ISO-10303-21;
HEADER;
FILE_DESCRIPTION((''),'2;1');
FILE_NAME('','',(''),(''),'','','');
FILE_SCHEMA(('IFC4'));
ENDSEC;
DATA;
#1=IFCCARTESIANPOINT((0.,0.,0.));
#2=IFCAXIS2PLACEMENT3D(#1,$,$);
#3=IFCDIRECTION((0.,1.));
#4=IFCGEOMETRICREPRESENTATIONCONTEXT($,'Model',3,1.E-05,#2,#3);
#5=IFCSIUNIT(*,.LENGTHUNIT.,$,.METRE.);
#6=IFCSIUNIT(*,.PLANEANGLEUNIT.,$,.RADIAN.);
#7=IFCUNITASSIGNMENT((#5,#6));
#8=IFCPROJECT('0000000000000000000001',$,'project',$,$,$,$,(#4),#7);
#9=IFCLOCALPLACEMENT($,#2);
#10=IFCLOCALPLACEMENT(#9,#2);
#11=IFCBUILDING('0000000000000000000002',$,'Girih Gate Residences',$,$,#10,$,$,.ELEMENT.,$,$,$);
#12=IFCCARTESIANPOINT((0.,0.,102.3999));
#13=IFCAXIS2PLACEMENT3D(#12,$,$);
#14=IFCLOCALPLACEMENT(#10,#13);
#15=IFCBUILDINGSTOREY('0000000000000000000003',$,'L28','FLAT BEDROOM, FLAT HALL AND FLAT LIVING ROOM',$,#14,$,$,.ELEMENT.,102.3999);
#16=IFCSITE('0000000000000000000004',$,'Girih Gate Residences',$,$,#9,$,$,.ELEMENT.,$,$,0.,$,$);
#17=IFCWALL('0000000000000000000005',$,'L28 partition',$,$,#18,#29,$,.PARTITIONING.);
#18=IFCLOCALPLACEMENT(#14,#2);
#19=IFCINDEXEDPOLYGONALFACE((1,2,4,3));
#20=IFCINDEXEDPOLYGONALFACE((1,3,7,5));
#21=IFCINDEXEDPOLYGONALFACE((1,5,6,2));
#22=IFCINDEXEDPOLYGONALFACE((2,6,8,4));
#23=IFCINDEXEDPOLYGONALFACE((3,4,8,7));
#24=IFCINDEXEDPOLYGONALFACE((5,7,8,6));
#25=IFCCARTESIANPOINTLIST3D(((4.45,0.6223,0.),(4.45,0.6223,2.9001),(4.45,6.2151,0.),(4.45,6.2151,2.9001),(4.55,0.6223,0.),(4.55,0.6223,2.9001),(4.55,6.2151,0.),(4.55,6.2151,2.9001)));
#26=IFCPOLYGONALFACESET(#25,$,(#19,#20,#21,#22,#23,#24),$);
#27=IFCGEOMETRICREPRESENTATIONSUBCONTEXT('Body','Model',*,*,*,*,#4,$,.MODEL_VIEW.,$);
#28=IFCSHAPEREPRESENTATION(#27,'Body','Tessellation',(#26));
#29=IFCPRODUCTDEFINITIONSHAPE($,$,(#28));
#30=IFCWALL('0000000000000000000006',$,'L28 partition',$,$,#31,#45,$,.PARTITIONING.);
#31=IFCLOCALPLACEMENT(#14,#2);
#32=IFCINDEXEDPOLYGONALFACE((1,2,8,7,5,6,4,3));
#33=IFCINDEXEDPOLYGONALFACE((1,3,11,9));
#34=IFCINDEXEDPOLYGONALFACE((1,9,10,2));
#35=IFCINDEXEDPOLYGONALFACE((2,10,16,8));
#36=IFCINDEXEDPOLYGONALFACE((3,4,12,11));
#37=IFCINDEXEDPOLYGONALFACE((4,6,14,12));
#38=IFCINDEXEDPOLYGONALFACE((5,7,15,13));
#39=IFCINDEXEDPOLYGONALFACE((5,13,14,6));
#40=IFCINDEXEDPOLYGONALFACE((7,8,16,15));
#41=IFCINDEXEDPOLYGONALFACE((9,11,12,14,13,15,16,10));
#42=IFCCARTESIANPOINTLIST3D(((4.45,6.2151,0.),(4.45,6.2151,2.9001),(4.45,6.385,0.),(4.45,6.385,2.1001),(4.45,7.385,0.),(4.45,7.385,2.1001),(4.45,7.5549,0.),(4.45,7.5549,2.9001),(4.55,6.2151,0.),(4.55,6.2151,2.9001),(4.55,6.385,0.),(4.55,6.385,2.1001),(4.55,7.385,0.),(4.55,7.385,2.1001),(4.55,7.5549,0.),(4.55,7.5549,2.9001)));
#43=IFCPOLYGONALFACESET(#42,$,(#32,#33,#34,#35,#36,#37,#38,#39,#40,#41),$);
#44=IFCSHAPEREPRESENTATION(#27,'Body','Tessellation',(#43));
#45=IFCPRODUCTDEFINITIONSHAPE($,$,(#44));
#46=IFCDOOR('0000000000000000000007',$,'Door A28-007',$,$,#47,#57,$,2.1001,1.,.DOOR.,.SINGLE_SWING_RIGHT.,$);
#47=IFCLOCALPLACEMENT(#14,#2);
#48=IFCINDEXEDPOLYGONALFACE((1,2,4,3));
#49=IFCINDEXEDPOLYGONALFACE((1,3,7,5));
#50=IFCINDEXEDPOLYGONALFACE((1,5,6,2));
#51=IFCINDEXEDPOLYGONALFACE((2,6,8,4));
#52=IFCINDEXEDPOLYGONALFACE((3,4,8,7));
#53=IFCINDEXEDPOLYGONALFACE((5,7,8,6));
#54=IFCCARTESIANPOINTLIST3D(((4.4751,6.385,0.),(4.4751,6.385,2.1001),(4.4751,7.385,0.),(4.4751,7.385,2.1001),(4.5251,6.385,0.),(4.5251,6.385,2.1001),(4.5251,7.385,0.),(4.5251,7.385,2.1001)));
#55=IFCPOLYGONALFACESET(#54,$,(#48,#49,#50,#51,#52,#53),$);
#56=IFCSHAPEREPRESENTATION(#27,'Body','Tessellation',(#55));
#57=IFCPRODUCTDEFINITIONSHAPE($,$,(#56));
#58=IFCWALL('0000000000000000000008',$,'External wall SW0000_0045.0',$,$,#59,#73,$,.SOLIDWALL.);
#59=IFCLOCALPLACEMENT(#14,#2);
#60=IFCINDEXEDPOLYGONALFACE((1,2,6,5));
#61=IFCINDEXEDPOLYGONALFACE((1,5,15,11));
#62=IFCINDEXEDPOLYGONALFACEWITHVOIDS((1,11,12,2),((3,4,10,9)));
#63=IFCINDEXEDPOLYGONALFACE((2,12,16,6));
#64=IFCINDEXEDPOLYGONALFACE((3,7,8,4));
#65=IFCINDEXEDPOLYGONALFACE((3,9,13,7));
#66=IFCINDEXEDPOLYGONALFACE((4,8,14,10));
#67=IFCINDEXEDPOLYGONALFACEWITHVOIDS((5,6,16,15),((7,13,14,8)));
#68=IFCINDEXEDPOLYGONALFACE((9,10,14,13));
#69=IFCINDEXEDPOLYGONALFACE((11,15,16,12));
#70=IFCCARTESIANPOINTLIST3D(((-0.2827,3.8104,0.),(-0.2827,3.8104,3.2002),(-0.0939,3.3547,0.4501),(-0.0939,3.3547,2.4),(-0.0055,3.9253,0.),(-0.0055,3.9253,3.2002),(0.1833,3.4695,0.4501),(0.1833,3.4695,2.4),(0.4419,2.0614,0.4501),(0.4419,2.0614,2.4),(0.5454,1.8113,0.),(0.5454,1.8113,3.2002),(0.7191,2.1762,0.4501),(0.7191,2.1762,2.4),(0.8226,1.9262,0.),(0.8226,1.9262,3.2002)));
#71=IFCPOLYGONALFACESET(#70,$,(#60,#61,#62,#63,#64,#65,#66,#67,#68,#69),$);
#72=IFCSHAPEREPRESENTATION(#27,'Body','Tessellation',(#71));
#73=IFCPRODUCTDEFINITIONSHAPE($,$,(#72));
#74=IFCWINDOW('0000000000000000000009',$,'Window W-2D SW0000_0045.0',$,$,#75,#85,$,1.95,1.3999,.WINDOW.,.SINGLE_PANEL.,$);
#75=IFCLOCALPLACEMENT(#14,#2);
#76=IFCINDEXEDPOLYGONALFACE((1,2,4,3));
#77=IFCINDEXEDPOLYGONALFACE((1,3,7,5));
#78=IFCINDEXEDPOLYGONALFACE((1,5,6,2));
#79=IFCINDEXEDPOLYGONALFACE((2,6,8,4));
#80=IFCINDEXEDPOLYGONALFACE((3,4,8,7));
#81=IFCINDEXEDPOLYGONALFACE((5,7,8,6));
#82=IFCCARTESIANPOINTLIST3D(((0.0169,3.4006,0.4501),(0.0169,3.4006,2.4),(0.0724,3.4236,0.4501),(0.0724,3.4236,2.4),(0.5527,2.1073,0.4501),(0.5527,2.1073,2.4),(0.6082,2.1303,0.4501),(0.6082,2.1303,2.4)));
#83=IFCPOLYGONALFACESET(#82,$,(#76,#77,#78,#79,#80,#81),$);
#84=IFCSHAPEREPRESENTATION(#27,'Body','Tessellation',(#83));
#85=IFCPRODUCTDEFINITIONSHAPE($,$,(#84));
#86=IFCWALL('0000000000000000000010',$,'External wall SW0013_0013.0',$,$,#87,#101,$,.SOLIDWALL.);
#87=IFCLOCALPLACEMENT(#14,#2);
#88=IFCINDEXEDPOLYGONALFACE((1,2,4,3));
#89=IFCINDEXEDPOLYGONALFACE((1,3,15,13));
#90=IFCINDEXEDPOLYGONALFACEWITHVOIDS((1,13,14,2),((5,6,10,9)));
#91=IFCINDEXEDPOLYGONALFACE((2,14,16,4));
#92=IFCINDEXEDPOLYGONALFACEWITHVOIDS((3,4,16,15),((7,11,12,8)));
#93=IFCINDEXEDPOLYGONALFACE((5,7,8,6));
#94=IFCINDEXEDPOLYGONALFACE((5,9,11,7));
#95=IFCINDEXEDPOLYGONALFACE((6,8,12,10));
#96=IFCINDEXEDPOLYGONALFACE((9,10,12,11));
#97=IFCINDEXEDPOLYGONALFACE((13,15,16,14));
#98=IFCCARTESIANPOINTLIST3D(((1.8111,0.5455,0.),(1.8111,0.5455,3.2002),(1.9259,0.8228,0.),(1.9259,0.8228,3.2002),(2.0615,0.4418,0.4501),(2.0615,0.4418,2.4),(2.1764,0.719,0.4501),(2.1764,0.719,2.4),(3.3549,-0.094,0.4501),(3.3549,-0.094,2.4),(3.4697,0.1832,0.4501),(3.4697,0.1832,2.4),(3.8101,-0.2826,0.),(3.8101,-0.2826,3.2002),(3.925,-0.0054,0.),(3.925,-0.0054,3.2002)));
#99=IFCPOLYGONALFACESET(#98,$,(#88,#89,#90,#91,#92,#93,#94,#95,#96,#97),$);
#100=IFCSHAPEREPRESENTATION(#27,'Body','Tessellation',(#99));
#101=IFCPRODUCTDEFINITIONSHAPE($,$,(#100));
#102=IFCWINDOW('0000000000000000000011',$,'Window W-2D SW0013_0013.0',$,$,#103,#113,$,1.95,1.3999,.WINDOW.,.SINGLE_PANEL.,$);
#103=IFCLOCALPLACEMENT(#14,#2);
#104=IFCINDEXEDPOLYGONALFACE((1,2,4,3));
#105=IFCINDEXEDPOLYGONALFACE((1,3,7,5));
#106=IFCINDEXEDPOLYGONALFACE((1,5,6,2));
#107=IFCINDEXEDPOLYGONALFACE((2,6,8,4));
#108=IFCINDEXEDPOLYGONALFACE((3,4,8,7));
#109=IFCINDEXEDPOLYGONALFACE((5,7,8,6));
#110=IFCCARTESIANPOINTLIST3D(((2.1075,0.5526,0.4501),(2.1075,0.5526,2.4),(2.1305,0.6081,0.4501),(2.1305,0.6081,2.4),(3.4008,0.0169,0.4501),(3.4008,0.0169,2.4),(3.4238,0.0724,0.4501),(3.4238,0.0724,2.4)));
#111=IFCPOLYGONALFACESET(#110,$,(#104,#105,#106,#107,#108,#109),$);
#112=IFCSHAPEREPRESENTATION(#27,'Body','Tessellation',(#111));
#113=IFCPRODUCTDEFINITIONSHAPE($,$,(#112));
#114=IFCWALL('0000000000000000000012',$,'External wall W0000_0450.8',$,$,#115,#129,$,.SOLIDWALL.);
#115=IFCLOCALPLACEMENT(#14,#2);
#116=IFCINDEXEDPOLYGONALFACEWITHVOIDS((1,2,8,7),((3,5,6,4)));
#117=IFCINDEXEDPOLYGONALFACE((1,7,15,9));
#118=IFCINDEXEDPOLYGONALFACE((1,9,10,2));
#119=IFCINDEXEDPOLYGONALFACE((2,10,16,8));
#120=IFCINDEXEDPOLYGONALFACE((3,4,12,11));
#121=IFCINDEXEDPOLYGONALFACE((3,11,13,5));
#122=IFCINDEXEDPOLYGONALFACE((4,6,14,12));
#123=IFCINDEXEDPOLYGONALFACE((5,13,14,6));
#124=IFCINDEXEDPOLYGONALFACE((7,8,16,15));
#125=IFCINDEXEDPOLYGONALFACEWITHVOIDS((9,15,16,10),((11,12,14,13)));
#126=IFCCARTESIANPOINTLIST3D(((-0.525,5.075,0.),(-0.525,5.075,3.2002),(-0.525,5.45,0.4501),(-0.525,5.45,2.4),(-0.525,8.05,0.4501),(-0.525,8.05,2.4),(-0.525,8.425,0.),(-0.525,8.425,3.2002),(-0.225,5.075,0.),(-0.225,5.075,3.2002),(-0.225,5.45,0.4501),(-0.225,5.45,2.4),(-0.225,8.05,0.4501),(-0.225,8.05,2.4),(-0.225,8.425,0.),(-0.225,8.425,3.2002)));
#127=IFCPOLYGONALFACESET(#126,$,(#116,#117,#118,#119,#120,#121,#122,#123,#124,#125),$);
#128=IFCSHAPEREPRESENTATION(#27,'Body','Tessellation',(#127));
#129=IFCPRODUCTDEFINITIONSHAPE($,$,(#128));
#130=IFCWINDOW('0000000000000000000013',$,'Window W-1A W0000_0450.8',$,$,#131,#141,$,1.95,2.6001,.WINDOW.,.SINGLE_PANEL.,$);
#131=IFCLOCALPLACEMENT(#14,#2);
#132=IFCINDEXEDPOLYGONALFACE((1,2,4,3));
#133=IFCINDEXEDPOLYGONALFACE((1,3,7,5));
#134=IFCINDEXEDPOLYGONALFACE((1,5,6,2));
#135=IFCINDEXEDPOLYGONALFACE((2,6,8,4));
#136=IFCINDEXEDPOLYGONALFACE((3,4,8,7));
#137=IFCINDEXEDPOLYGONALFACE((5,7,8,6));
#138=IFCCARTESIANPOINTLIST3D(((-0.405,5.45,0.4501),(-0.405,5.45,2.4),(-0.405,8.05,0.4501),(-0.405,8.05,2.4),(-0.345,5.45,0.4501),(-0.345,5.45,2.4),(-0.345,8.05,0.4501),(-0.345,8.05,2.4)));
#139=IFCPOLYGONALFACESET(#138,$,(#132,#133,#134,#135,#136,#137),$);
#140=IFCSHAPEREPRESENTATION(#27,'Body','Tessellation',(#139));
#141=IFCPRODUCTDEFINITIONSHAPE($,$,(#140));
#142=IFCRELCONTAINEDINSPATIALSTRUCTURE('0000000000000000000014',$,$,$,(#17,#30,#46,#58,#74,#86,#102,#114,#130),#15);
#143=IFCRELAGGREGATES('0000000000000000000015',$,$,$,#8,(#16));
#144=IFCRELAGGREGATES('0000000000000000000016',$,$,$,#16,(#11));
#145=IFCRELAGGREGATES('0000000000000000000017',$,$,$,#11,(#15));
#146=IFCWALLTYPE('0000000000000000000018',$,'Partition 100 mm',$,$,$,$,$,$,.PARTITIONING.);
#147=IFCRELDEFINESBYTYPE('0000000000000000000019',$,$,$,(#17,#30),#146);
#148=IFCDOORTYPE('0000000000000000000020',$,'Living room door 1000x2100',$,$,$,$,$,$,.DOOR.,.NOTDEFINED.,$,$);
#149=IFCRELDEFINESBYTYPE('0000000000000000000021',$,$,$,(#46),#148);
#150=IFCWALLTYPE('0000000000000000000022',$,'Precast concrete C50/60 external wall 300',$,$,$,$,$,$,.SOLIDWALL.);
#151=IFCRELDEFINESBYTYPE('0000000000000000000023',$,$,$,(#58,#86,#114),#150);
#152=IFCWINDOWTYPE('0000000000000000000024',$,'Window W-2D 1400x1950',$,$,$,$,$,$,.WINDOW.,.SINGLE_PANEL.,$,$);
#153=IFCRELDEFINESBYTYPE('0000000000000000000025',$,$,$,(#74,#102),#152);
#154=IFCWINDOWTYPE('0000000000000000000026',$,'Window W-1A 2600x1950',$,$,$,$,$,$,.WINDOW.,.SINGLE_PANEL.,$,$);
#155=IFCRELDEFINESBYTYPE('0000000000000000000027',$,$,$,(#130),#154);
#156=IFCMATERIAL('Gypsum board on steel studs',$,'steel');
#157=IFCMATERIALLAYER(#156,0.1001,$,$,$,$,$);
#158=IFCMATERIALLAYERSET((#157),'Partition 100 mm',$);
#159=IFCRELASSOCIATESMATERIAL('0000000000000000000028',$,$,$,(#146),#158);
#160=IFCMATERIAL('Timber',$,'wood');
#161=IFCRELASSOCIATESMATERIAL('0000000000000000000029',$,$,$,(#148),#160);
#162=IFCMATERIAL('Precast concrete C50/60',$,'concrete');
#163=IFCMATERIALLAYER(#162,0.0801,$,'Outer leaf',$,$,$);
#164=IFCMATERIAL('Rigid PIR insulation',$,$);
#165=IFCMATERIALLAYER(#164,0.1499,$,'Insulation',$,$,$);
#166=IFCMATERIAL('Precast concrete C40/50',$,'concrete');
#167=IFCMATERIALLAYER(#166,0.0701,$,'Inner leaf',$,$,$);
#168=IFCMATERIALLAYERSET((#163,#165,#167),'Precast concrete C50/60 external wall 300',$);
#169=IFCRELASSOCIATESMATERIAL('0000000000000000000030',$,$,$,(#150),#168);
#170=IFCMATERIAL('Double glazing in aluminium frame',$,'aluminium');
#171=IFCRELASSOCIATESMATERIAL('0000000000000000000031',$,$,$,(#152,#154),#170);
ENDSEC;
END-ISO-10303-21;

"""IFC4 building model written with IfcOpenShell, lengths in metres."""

from ifc_helpers import new_model, si_unit, direction, frame, frame_2d, origin, place, context, subcontext, project, spatial, rectangle, extrude, material, layer, layer_set, type_object, element, fill, save


model = new_model("IFC4")

# Units and contexts
model_context = context("Model", 3, precision=1e-05, world=origin(), true_north=direction((0.0, 1.0)))
body_context = subcontext(model_context, "Body", "Model", "MODEL_VIEW")
ifc_project = project(units=[si_unit("LENGTHUNIT", "METRE"), si_unit("PLANEANGLEUNIT", "RADIAN")], contexts=[model_context])

# Site, building, storey
site_placement = place(None, origin())
site = spatial("IfcSite", under=ifc_project, at=site_placement, Name="Girih Gate Residences", CompositionType="ELEMENT", RefElevation=0.0)
building_placement = place(site_placement, origin())
building = spatial("IfcBuilding", under=site, at=building_placement, Name="Girih Gate Residences", CompositionType="ELEMENT")
storey_placement = place(building_placement, frame((0.0, 0.0, 102.3999)))
storey = spatial("IfcBuildingStorey", under=building, at=storey_placement, Name="L28", Description="FLAT BEDROOM, FLAT HALL AND FLAT LIVING ROOM", CompositionType="ELEMENT", Elevation=102.3999)

# Wall
ifc_material_1 = material(Name="Gypsum board on steel studs", Category="steel")
ifc_layer_1 = layer(ifc_material_1, 0.1001)
ifc_layer_set_1 = layer_set([ifc_layer_1], Name="Partition 100 mm")
wall_type_1 = type_object("IfcWallType", Name="Partition 100 mm", PredefinedType="PARTITIONING", material=ifc_layer_set_1)
wall_1_placement = place(storey_placement, frame((4.5, 0.6223, 0.0), z_axis=(0.0, 0.0, 1.0), x_axis=(0.0, 1.0, 0.0)))
element("IfcWall", 1, at=wall_1_placement, inside=storey, type_object=wall_type_1, Name="L28 partition", PredefinedType="PARTITIONING", context=body_context, shape_type="SweptSolid", body=[
    extrude(rectangle(XDim=5.5928, YDim=0.1001, at=frame_2d((2.7964, 0.0))), origin(), (0.0, 0.0, 1.0), 2.9001),
])

# Wall, opening, door
wall_2_placement = place(storey_placement, frame((4.5, 6.2151, 0.0), z_axis=(0.0, 0.0, 1.0), x_axis=(0.0, 1.0, 0.0)))
wall_2 = element("IfcWall", 2, at=wall_2_placement, inside=storey, type_object=wall_type_1, Name="L28 partition", PredefinedType="PARTITIONING", context=body_context, shape_type="SweptSolid", body=[
    extrude(rectangle(XDim=1.3398, YDim=0.1001, at=frame_2d((0.6699, 0.0))), origin(), (0.0, 0.0, 1.0), 2.9001),
])
opening_1_placement = place(wall_2_placement, frame((0.1699, 0.0, 0.0)))
opening_1 = element("IfcOpeningElement", 3, at=opening_1_placement, cuts=wall_2, PredefinedType="OPENING", context=body_context, shape_type="SweptSolid", body=[
    extrude(rectangle(XDim=1.0, YDim=2.1001, at=frame_2d((0.5, 1.05))), frame((0.0, 0.0601, 0.0), z_axis=(0.0, -1.0, 0.0), x_axis=(1.0, 0.0, 0.0)), (0.0, 0.0, 1.0), 0.1201),
])
ifc_material_2 = material(Name="Timber", Category="wood")
door_type_1 = type_object("IfcDoorType", Name="Living room door 1000x2100", OperationType="NOTDEFINED", PredefinedType="DOOR", material=ifc_material_2)
door_1_placement = place(opening_1_placement, origin())
door_1 = element("IfcDoor", 4, at=door_1_placement, inside=storey, type_object=door_type_1, Name="Door A28-007", OperationType="SINGLE_SWING_RIGHT", OverallHeight=2.1001, OverallWidth=1.0, PredefinedType="DOOR", context=body_context, shape_type="SweptSolid", body=[
    extrude(rectangle(XDim=1.0, YDim=2.1001, at=frame_2d((0.5, 1.05))), frame((0.0, 0.0249, 0.0), z_axis=(0.0, -1.0, 0.0), x_axis=(1.0, 0.0, 0.0)), (0.0, 0.0, 1.0), 0.05),
])
fill(opening_1, door_1)

# Walls, openings, windows
ifc_material_3 = material(Name="Precast concrete C50/60", Category="concrete")
ifc_layer_2 = layer(ifc_material_3, 0.0801, Name="Outer leaf")
ifc_material_4 = material(Name="Rigid PIR insulation")
ifc_layer_3 = layer(ifc_material_4, 0.1499, Name="Insulation")
ifc_material_5 = material(Name="Precast concrete C40/50", Category="concrete")
ifc_layer_4 = layer(ifc_material_5, 0.0701, Name="Inner leaf")
ifc_layer_set_2 = layer_set([ifc_layer_2, ifc_layer_3, ifc_layer_4], Name="Precast concrete C50/60 external wall 300")
wall_type_2 = type_object("IfcWallType", Name="Precast concrete C50/60 external wall 300", PredefinedType="SOLIDWALL", material=ifc_layer_set_2)
wall_3_placement = place(storey_placement, frame((0.6841, 1.8687, 0.0), z_axis=(0.0, 0.0, 1.0), x_axis=(-0.382724, 0.923863, 0.0)))
wall_3 = element("IfcWall", 5, at=wall_3_placement, inside=storey, type_object=wall_type_2, Name="External wall SW0000_0045.0", PredefinedType="SOLIDWALL", context=body_context, shape_type="SweptSolid", body=[
    extrude(rectangle(XDim=2.1638, YDim=0.3, at=frame_2d((1.082, 0.0))), origin(), (0.0, 0.0, 1.0), 3.2002),
])
opening_2_placement = place(wall_3_placement, frame((0.2708, 0.0, 0.45)))
opening_2 = element("IfcOpeningElement", 6, at=opening_2_placement, cuts=wall_3, PredefinedType="OPENING", context=body_context, shape_type="SweptSolid", body=[
    extrude(rectangle(XDim=1.3999, YDim=1.95, at=frame_2d((0.7, 0.9751))), frame((0.0, 0.1599, 0.0), z_axis=(0.0, -1.0, 0.0), x_axis=(1.0, 0.0, 0.0)), (0.0, 0.0, 1.0), 0.3201),
])
ifc_material_6 = material(Name="Double glazing in aluminium frame", Category="aluminium")
window_type_1 = type_object("IfcWindowType", Name="Window W-2D 1400x1950", PartitioningType="SINGLE_PANEL", PredefinedType="WINDOW", material=ifc_material_6)
window_1_placement = place(opening_2_placement, origin())
window_1 = element("IfcWindow", 7, at=window_1_placement, inside=storey, type_object=window_type_1, Name="Window W-2D SW0000_0045.0", OverallHeight=1.95, OverallWidth=1.3999, PartitioningType="SINGLE_PANEL", PredefinedType="WINDOW", context=body_context, shape_type="SweptSolid", body=[
    extrude(rectangle(XDim=1.3999, YDim=1.95, at=frame_2d((0.7, 0.9751))), frame((0.0, 0.03, 0.0), z_axis=(0.0, -1.0, 0.0), x_axis=(1.0, 0.0, 0.0)), (0.0, 0.0, 1.0), 0.0601),
])
fill(opening_2, window_1)
wall_4_placement = place(storey_placement, frame((3.8677, -0.144, 0.0), z_axis=(0.0, 0.0, 1.0), x_axis=(-0.923863, 0.382724, 0.0)))
wall_4 = element("IfcWall", 8, at=wall_4_placement, inside=storey, type_object=wall_type_2, Name="External wall SW0013_0013.0", PredefinedType="SOLIDWALL", context=body_context, shape_type="SweptSolid", body=[
    extrude(rectangle(XDim=2.1638, YDim=0.3, at=frame_2d((1.082, 0.0))), origin(), (0.0, 0.0, 1.0), 3.2002),
])
opening_3_placement = place(wall_4_placement, frame((0.4929, 0.0, 0.45)))
opening_3 = element("IfcOpeningElement", 9, at=opening_3_placement, cuts=wall_4, PredefinedType="OPENING", context=body_context, shape_type="SweptSolid", body=[
    extrude(rectangle(XDim=1.3999, YDim=1.95, at=frame_2d((0.7, 0.9751))), frame((0.0, 0.1599, 0.0), z_axis=(0.0, -1.0, 0.0), x_axis=(1.0, 0.0, 0.0)), (0.0, 0.0, 1.0), 0.3201),
])
window_2_placement = place(opening_3_placement, origin())
window_2 = element("IfcWindow", 10, at=window_2_placement, inside=storey, type_object=window_type_1, Name="Window W-2D SW0013_0013.0", OverallHeight=1.95, OverallWidth=1.3999, PartitioningType="SINGLE_PANEL", PredefinedType="WINDOW", context=body_context, shape_type="SweptSolid", body=[
    extrude(rectangle(XDim=1.3999, YDim=1.95, at=frame_2d((0.7, 0.9751))), frame((0.0, 0.03, 0.0), z_axis=(0.0, -1.0, 0.0), x_axis=(1.0, 0.0, 0.0)), (0.0, 0.0, 1.0), 0.0601),
])
fill(opening_3, window_2)
wall_5_placement = place(storey_placement, frame((-0.375, 5.075, 0.0), z_axis=(0.0, 0.0, 1.0), x_axis=(0.0, 1.0, 0.0)))
wall_5 = element("IfcWall", 11, at=wall_5_placement, inside=storey, type_object=wall_type_2, Name="External wall W0000_0450.8", PredefinedType="SOLIDWALL", context=body_context, shape_type="SweptSolid", body=[
    extrude(rectangle(XDim=3.3501, YDim=0.3, at=frame_2d((1.675, 0.0))), origin(), (0.0, 0.0, 1.0), 3.2002),
])
opening_4_placement = place(wall_5_placement, frame((0.375, 0.0, 0.45)))
opening_4 = element("IfcOpeningElement", 12, at=opening_4_placement, cuts=wall_5, PredefinedType="OPENING", context=body_context, shape_type="SweptSolid", body=[
    extrude(rectangle(XDim=2.6001, YDim=1.95, at=frame_2d((1.3, 0.9751))), frame((0.0, 0.1599, 0.0), z_axis=(0.0, -1.0, 0.0), x_axis=(1.0, 0.0, 0.0)), (0.0, 0.0, 1.0), 0.3201),
])
window_type_2 = type_object("IfcWindowType", Name="Window W-1A 2600x1950", PartitioningType="SINGLE_PANEL", PredefinedType="WINDOW", material=ifc_material_6)
window_3_placement = place(opening_4_placement, origin())
window_3 = element("IfcWindow", 13, at=window_3_placement, inside=storey, type_object=window_type_2, Name="Window W-1A W0000_0450.8", OverallHeight=1.95, OverallWidth=2.6001, PartitioningType="SINGLE_PANEL", PredefinedType="WINDOW", context=body_context, shape_type="SweptSolid", body=[
    extrude(rectangle(XDim=2.6001, YDim=1.95, at=frame_2d((1.3, 0.9751))), frame((0.0, 0.03, 0.0), z_axis=(0.0, -1.0, 0.0), x_axis=(1.0, 0.0, 0.0)), (0.0, 0.0, 1.0), 0.0601),
])
fill(opening_4, window_3)

save(model, "model.ifc")
